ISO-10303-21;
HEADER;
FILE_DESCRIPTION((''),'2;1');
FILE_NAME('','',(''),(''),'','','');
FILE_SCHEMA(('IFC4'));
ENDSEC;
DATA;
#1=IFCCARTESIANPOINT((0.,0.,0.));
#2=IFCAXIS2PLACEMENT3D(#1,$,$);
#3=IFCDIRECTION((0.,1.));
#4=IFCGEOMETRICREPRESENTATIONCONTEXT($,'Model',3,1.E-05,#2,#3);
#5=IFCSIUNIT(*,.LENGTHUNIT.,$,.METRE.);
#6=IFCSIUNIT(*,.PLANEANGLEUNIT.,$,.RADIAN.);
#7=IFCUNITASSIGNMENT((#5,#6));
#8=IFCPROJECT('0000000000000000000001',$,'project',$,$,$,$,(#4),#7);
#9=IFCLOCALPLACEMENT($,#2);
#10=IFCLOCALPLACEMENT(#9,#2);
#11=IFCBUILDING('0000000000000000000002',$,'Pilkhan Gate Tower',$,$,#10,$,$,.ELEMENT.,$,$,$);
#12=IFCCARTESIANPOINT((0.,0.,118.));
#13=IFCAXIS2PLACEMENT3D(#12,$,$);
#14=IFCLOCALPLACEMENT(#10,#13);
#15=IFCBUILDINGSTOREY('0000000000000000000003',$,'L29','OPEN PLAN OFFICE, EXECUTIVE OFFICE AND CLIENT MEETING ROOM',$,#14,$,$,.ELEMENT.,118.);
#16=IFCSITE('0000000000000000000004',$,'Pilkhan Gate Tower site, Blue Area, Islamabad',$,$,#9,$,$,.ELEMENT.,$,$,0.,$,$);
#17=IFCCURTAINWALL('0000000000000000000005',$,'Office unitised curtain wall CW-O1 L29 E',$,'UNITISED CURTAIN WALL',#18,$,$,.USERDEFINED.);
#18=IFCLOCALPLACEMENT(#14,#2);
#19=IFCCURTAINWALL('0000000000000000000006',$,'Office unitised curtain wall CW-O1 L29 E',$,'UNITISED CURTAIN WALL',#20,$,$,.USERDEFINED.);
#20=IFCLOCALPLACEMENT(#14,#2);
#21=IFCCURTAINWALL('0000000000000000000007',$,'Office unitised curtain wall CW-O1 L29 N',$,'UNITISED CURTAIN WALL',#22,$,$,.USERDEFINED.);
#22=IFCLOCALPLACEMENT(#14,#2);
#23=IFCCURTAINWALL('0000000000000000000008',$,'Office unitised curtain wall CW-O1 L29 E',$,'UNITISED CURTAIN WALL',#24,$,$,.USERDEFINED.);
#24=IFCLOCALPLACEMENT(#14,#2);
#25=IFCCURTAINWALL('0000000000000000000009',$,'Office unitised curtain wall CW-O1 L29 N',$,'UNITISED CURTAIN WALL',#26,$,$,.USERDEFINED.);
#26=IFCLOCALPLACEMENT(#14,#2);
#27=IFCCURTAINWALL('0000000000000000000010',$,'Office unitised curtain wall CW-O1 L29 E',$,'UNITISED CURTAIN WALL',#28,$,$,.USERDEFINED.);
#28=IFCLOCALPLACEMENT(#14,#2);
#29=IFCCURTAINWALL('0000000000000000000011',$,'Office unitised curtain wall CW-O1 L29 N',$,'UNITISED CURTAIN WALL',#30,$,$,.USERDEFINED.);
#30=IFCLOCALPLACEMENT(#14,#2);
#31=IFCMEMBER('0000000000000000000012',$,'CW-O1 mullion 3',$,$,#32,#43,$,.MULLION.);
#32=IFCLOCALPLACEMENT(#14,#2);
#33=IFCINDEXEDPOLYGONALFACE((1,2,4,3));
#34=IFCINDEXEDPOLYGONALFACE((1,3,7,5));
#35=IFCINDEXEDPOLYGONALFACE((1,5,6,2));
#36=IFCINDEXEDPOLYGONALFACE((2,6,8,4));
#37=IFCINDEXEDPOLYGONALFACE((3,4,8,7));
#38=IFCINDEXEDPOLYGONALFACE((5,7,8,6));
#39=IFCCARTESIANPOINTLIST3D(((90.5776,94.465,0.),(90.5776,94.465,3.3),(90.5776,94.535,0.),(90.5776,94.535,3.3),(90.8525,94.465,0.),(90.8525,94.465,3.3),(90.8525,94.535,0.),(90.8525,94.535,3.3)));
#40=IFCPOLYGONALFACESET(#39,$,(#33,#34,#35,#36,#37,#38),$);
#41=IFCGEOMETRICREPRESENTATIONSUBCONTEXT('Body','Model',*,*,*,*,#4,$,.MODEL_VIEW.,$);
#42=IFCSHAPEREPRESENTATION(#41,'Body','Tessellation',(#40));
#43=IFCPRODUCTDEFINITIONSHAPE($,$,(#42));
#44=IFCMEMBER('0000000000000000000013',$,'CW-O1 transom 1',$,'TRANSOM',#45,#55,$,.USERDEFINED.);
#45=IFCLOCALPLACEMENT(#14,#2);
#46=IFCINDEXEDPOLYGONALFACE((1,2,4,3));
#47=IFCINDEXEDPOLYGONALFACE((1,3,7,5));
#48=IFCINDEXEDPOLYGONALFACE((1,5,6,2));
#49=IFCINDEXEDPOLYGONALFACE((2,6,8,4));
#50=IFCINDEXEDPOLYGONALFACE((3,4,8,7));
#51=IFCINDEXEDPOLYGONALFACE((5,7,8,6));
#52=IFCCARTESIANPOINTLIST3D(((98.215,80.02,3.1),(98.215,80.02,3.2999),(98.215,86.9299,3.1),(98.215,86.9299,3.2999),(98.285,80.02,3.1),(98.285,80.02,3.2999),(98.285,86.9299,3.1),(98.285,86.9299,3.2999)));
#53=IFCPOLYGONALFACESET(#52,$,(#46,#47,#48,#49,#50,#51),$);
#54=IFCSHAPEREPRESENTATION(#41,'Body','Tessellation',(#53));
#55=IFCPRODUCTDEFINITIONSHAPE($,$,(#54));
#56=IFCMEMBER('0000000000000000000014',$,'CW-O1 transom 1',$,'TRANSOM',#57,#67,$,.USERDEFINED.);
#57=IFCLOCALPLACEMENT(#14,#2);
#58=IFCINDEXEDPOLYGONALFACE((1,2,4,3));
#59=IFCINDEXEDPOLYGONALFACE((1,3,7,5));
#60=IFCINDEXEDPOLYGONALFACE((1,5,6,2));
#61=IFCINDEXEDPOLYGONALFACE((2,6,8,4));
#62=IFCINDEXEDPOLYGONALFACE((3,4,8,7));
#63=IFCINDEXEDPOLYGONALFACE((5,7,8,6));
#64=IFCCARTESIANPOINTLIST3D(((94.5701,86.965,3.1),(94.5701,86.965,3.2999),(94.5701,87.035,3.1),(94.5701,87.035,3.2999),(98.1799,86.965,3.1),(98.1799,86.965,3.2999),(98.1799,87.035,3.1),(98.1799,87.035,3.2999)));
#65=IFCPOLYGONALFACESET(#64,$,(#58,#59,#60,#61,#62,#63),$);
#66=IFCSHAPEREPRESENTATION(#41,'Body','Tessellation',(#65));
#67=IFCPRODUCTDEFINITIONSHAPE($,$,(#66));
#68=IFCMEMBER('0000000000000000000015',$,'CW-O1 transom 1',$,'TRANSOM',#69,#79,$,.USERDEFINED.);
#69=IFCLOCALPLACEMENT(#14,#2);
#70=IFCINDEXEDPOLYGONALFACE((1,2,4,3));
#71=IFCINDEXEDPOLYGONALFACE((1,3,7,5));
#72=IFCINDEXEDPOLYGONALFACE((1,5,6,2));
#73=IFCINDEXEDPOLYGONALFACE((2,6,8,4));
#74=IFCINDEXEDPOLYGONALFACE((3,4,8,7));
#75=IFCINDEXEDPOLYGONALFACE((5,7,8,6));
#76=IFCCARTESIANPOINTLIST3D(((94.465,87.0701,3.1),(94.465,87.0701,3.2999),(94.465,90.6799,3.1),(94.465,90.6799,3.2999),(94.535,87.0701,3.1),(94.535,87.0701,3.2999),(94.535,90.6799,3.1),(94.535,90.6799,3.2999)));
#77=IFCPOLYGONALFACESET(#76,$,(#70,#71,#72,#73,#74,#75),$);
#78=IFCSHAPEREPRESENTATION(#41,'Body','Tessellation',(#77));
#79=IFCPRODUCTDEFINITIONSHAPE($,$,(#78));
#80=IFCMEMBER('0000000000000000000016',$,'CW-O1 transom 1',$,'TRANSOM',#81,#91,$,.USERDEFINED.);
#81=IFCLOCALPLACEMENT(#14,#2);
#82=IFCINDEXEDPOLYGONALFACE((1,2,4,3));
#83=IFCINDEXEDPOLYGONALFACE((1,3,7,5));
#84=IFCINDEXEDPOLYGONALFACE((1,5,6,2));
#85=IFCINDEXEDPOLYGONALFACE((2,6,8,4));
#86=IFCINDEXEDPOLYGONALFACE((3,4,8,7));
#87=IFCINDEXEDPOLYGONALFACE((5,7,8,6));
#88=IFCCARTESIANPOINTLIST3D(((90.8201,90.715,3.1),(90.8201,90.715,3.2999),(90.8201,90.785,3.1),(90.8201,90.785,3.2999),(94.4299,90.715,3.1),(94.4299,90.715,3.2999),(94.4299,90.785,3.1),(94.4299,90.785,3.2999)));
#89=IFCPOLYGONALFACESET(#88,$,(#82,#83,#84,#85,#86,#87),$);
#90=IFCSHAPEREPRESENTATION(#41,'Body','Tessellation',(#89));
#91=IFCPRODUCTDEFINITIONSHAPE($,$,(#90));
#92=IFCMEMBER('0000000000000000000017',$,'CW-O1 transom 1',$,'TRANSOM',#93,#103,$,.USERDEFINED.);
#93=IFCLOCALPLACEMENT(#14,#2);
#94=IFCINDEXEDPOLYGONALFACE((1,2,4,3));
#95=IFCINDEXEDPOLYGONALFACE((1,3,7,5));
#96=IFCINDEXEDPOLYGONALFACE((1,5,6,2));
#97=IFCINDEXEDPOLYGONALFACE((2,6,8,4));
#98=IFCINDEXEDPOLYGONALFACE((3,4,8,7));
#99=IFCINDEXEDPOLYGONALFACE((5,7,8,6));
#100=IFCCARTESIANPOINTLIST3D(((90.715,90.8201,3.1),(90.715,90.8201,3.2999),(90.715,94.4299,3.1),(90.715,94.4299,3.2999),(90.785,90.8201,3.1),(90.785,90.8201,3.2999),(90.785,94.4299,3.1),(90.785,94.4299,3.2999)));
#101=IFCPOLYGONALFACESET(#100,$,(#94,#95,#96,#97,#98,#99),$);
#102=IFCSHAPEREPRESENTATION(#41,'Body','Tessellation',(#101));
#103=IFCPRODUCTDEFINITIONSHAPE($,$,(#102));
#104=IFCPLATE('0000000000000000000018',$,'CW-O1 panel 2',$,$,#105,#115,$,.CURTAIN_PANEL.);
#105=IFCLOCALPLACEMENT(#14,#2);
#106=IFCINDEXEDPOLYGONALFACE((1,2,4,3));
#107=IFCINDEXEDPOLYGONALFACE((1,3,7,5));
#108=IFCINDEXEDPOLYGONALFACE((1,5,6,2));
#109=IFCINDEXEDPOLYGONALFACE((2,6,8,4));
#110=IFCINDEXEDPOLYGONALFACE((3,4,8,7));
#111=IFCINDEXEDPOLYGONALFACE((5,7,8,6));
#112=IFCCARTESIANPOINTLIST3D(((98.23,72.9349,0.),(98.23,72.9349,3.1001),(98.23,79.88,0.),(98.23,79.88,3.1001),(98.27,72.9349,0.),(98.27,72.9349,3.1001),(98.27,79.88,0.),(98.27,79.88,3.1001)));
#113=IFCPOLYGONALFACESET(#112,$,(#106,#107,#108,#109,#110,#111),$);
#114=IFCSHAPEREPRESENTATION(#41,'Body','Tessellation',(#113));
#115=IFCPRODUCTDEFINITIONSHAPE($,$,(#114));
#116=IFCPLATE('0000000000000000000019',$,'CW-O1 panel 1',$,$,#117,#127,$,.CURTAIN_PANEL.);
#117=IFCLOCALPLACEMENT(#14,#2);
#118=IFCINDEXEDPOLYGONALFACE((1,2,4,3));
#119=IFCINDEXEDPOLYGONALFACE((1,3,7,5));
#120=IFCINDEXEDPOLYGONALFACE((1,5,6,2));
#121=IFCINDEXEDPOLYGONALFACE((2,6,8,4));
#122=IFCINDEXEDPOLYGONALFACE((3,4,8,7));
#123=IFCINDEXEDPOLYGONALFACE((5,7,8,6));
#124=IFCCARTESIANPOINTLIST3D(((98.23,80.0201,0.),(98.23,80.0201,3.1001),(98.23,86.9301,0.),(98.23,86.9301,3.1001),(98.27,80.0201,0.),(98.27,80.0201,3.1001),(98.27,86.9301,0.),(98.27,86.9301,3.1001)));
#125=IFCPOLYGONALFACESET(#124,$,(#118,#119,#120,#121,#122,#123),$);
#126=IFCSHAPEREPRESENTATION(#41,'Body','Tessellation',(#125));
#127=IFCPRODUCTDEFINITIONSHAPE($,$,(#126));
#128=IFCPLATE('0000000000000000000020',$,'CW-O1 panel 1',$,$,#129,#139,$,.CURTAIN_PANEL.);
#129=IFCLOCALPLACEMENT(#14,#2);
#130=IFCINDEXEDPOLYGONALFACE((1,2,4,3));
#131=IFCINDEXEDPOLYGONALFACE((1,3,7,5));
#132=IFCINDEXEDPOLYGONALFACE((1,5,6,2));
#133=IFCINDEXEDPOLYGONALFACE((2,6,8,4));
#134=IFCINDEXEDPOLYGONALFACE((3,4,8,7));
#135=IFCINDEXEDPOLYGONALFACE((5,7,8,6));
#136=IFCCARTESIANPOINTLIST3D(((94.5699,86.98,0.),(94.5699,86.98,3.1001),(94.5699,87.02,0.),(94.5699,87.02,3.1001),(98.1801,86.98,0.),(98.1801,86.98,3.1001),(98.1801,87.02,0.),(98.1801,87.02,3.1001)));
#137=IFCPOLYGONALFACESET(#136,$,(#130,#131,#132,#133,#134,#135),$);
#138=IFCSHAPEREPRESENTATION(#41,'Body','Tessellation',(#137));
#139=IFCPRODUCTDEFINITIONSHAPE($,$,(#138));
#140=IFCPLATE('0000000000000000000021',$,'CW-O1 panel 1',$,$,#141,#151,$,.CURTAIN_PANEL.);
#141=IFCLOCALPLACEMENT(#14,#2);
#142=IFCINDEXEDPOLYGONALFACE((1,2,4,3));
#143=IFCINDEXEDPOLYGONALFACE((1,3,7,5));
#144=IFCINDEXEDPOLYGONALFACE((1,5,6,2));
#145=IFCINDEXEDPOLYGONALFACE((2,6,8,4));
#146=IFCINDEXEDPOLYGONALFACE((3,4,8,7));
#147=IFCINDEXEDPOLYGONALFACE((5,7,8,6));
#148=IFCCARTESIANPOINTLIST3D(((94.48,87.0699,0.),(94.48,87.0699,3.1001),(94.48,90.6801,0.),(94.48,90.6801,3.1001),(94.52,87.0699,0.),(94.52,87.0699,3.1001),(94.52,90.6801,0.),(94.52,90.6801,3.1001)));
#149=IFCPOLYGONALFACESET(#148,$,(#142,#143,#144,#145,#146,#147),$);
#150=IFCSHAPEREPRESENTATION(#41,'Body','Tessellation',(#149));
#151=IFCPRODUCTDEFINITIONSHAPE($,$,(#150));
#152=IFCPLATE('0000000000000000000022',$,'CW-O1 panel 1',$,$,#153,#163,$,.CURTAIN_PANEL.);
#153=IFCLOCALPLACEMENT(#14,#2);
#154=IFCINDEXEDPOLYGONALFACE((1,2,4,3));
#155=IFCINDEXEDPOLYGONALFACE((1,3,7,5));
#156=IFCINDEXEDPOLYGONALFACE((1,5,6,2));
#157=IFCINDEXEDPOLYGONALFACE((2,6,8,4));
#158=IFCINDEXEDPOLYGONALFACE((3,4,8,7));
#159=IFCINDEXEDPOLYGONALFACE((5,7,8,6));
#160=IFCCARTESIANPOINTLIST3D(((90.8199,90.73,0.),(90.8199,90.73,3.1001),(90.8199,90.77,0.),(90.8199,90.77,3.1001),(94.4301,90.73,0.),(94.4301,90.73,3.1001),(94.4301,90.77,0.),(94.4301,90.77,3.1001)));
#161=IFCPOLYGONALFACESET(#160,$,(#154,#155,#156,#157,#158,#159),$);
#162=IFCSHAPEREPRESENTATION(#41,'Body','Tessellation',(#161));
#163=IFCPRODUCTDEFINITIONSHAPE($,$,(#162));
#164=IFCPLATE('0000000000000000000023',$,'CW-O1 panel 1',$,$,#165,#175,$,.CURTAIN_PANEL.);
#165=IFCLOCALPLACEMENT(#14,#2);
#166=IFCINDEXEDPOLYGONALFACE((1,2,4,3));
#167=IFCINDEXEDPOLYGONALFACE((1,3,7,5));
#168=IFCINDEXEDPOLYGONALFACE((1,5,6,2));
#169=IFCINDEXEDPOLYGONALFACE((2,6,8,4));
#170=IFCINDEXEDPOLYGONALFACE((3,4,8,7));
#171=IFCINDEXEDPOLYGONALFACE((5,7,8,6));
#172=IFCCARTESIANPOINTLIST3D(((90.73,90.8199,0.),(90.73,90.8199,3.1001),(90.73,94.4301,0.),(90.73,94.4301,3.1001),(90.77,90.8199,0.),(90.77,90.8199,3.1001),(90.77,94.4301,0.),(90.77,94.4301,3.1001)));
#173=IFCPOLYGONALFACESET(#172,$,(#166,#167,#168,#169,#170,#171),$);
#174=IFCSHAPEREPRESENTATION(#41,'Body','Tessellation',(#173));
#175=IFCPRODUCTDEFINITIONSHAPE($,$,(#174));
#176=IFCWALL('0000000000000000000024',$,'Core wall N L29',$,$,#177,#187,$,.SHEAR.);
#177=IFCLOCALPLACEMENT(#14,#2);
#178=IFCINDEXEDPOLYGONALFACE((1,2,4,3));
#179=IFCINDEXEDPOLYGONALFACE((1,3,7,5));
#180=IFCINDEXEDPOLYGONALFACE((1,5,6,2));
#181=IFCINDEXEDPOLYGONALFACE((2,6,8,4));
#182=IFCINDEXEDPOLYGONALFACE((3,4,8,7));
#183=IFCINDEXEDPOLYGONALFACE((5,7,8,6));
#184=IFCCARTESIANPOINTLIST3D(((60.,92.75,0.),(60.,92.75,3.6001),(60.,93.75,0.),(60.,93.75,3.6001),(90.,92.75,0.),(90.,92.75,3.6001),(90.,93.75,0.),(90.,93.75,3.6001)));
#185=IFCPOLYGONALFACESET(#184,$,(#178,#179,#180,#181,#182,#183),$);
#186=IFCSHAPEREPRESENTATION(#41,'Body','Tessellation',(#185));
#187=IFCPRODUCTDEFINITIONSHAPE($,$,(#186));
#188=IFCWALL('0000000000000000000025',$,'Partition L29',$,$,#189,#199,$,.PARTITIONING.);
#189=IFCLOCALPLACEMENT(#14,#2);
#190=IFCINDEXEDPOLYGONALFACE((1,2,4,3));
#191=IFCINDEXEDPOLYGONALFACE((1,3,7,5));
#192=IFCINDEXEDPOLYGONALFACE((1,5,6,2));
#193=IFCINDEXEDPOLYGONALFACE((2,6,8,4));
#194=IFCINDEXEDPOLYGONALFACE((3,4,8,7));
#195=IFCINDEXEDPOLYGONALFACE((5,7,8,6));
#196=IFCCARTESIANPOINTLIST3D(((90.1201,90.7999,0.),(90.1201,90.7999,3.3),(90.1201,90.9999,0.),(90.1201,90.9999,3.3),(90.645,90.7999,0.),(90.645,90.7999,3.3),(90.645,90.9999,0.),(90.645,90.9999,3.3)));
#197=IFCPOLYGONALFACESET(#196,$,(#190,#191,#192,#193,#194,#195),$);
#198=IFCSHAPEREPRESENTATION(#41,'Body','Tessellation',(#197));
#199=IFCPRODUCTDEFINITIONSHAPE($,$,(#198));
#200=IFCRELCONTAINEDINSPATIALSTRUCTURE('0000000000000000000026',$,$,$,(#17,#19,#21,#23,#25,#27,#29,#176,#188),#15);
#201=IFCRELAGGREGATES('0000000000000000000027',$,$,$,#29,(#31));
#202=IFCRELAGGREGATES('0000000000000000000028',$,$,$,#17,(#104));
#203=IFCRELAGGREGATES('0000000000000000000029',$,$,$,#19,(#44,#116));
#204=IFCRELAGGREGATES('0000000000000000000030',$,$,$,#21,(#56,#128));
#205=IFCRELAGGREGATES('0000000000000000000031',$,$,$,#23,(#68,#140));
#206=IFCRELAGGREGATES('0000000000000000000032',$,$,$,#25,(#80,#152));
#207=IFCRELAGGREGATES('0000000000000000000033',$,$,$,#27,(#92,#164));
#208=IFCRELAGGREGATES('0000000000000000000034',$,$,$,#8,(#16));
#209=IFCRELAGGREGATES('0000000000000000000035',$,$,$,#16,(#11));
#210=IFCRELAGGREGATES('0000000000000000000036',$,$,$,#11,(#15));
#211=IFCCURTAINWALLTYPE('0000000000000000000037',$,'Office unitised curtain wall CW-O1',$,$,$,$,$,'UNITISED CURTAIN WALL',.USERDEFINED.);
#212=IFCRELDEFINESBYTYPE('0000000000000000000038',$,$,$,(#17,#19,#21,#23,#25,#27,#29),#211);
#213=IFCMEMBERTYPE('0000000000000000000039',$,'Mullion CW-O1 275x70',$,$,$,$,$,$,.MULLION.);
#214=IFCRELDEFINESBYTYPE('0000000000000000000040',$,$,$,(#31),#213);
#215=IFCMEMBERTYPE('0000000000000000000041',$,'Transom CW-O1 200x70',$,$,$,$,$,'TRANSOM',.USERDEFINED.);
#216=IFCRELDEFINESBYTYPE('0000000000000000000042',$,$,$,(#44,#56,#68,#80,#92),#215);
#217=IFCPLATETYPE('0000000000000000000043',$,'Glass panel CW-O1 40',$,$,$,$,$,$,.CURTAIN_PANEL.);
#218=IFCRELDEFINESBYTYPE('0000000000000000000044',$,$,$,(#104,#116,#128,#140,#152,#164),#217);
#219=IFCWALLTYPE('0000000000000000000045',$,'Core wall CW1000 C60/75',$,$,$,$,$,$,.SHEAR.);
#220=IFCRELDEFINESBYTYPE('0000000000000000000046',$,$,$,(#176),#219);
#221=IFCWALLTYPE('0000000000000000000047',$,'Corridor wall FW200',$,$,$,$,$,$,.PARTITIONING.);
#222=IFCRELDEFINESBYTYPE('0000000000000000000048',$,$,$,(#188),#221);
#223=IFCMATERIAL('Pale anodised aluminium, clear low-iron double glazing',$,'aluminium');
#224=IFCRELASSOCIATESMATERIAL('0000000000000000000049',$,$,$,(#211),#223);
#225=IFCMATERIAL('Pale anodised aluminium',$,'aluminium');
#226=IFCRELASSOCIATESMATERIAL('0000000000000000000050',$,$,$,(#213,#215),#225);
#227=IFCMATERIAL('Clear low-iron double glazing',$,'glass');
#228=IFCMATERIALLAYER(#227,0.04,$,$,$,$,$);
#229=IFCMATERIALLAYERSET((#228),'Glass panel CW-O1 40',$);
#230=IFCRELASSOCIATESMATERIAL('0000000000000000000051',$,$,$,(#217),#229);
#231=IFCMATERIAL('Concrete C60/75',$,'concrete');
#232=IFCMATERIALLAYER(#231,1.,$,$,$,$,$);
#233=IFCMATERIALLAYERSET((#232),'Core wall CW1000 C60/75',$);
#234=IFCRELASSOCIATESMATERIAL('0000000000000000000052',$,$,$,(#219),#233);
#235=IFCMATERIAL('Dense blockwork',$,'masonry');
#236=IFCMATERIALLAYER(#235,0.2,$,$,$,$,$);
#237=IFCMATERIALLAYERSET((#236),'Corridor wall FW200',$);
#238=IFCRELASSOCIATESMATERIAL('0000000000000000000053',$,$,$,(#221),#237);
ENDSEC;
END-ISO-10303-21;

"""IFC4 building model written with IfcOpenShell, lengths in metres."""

from ifc_helpers import new_model, si_unit, direction, frame, frame_2d, origin, origin_2d, place, context, subcontext, project, spatial, rectangle, extrude, material, layer, layer_set, material_profile, profile_set, type_object, element, aggregate, save


model = new_model("IFC4")

# Units and contexts
model_context = context("Model", 3, precision=1e-05, world=origin(), true_north=direction((0.0, 1.0)))
body_context = subcontext(model_context, "Body", "Model", "MODEL_VIEW")
ifc_project = project(units=[si_unit("LENGTHUNIT", "METRE"), si_unit("PLANEANGLEUNIT", "RADIAN")], contexts=[model_context])

# Site, building, storey
site_placement = place(None, origin())
site = spatial("IfcSite", under=ifc_project, at=site_placement, Name="Pilkhan Gate Tower site, Blue Area, Islamabad", CompositionType="ELEMENT", RefElevation=0.0)
building_placement = place(site_placement, origin())
building = spatial("IfcBuilding", under=site, at=building_placement, Name="Pilkhan Gate Tower", CompositionType="ELEMENT")
storey_placement = place(building_placement, frame((0.0, 0.0, 118.0)))
storey = spatial("IfcBuildingStorey", under=building, at=storey_placement, Name="L29", Description="OPEN PLAN OFFICE, EXECUTIVE OFFICE AND CLIENT MEETING ROOM", CompositionType="ELEMENT", Elevation=118.0)

# Shared definitions
ifc_material_1 = material(Name="Concrete C60/75", Category="concrete")

# Curtain wall
ifc_material_2 = material(Name="Pale anodised aluminium, clear low-iron double glazing", Category="aluminium")
curtain_wall_type = type_object("IfcCurtainWallType", Name="Office unitised curtain wall CW-O1", ElementType="UNITISED CURTAIN WALL", PredefinedType="USERDEFINED", material=ifc_material_2)
curtain_wall_1_placement = place(storey_placement, origin())
curtain_wall_1 = element("IfcCurtainWall", 1, at=curtain_wall_1_placement, inside=storey, type_object=curtain_wall_type, Name="Office unitised curtain wall CW-O1 L29 E", ObjectType="UNITISED CURTAIN WALL", PredefinedType="USERDEFINED")
ifc_material_3 = material(Name="Pale anodised aluminium", Category="aluminium")
ifc_material_profile_1 = material_profile(ifc_material_3, rectangle(XDim=0.0701, YDim=0.2749, at=origin_2d()), Name="Mullion 275x70")
ifc_profile_set_1 = profile_set([ifc_material_profile_1], Name="Pale anodised aluminium")
member_type_1 = type_object("IfcMemberType", Name="Mullion CW-O1 275x70", PredefinedType="MULLION", material=ifc_profile_set_1)

# Curtain walls
curtain_wall_2_placement = place(storey_placement, origin())
curtain_wall_2 = element("IfcCurtainWall", 2, at=curtain_wall_2_placement, inside=storey, type_object=curtain_wall_type, Name="Office unitised curtain wall CW-O1 L29 E", ObjectType="UNITISED CURTAIN WALL", PredefinedType="USERDEFINED")
curtain_wall_3_placement = place(storey_placement, origin())
curtain_wall_3 = element("IfcCurtainWall", 3, at=curtain_wall_3_placement, inside=storey, type_object=curtain_wall_type, Name="Office unitised curtain wall CW-O1 L29 N", ObjectType="UNITISED CURTAIN WALL", PredefinedType="USERDEFINED")
curtain_wall_4_placement = place(storey_placement, origin())
curtain_wall_4 = element("IfcCurtainWall", 4, at=curtain_wall_4_placement, inside=storey, type_object=curtain_wall_type, Name="Office unitised curtain wall CW-O1 L29 E", ObjectType="UNITISED CURTAIN WALL", PredefinedType="USERDEFINED")
curtain_wall_5_placement = place(storey_placement, origin())
curtain_wall_5 = element("IfcCurtainWall", 5, at=curtain_wall_5_placement, inside=storey, type_object=curtain_wall_type, Name="Office unitised curtain wall CW-O1 L29 N", ObjectType="UNITISED CURTAIN WALL", PredefinedType="USERDEFINED")
curtain_wall_6_placement = place(storey_placement, origin())
curtain_wall_6 = element("IfcCurtainWall", 6, at=curtain_wall_6_placement, inside=storey, type_object=curtain_wall_type, Name="Office unitised curtain wall CW-O1 L29 E", ObjectType="UNITISED CURTAIN WALL", PredefinedType="USERDEFINED")

# Curtain wall, member
curtain_wall_7_placement = place(storey_placement, origin())
curtain_wall_7 = element("IfcCurtainWall", 7, at=curtain_wall_7_placement, inside=storey, type_object=curtain_wall_type, Name="Office unitised curtain wall CW-O1 L29 N", ObjectType="UNITISED CURTAIN WALL", PredefinedType="USERDEFINED")
member_1_placement = place(storey_placement, frame((90.7151, 94.5, 0.0), z_axis=(0.0, 0.0, 1.0), x_axis=(0.0, 1.0, 0.0)))
member_1 = element("IfcMember", 8, at=member_1_placement, type_object=member_type_1, Name="CW-O1 mullion 3", PredefinedType="MULLION", context=body_context, shape_type="SweptSolid", body=[
    extrude(rectangle(XDim=0.0701, YDim=0.2749, at=origin_2d()), origin(), (0.0, 0.0, 1.0), 3.3),
])
aggregate(curtain_wall_7, [member_1])

# Members
ifc_material_profile_2 = material_profile(ifc_material_3, rectangle(XDim=0.0701, YDim=0.2, at=origin_2d()), Name="Transom 200x70")
ifc_profile_set_2 = profile_set([ifc_material_profile_2], Name="Pale anodised aluminium")
member_type_2 = type_object("IfcMemberType", Name="Transom CW-O1 200x70", ElementType="TRANSOM", PredefinedType="USERDEFINED", material=ifc_profile_set_2)
member_2_placement = place(storey_placement, frame((98.25, 80.02, 3.2), z_axis=(0.0, 1.0, 0.0), x_axis=(-1.0, 0.0, 0.0)))
member_2 = element("IfcMember", 9, at=member_2_placement, type_object=member_type_2, Name="CW-O1 transom 1", ObjectType="TRANSOM", PredefinedType="USERDEFINED", context=body_context, shape_type="SweptSolid", body=[
    extrude(rectangle(XDim=0.0701, YDim=0.2, at=origin_2d()), origin(), (0.0, 0.0, 1.0), 6.9099),
])
member_3_placement = place(storey_placement, frame((94.5701, 87.0, 3.2), z_axis=(1.0, 0.0, 0.0), x_axis=(0.0, 1.0, 0.0)))
member_3 = element("IfcMember", 10, at=member_3_placement, type_object=member_type_2, Name="CW-O1 transom 1", ObjectType="TRANSOM", PredefinedType="USERDEFINED", context=body_context, shape_type="SweptSolid", body=[
    extrude(rectangle(XDim=0.0701, YDim=0.2, at=origin_2d()), origin(), (0.0, 0.0, 1.0), 3.6099),
])
member_4_placement = place(storey_placement, frame((94.5, 87.0701, 3.2), z_axis=(0.0, 1.0, 0.0), x_axis=(-1.0, 0.0, 0.0)))
member_4 = element("IfcMember", 11, at=member_4_placement, type_object=member_type_2, Name="CW-O1 transom 1", ObjectType="TRANSOM", PredefinedType="USERDEFINED", context=body_context, shape_type="SweptSolid", body=[
    extrude(rectangle(XDim=0.0701, YDim=0.2, at=origin_2d()), origin(), (0.0, 0.0, 1.0), 3.6099),
])
member_5_placement = place(storey_placement, frame((90.8201, 90.75, 3.2), z_axis=(1.0, 0.0, 0.0), x_axis=(0.0, 1.0, 0.0)))
member_5 = element("IfcMember", 12, at=member_5_placement, type_object=member_type_2, Name="CW-O1 transom 1", ObjectType="TRANSOM", PredefinedType="USERDEFINED", context=body_context, shape_type="SweptSolid", body=[
    extrude(rectangle(XDim=0.0701, YDim=0.2, at=origin_2d()), origin(), (0.0, 0.0, 1.0), 3.6099),
])
member_6_placement = place(storey_placement, frame((90.75, 90.8201, 3.2), z_axis=(0.0, 1.0, 0.0), x_axis=(-1.0, 0.0, 0.0)))
member_6 = element("IfcMember", 13, at=member_6_placement, type_object=member_type_2, Name="CW-O1 transom 1", ObjectType="TRANSOM", PredefinedType="USERDEFINED", context=body_context, shape_type="SweptSolid", body=[
    extrude(rectangle(XDim=0.0701, YDim=0.2, at=origin_2d()), origin(), (0.0, 0.0, 1.0), 3.6099),
])

# Plates
ifc_material_4 = material(Name="Clear low-iron double glazing", Category="glass")
ifc_layer_1 = layer(ifc_material_4, 0.04)
ifc_layer_set_1 = layer_set([ifc_layer_1], Name="Glass panel CW-O1 40")
plate_type = type_object("IfcPlateType", Name="Glass panel CW-O1 40", PredefinedType="CURTAIN_PANEL", material=ifc_layer_set_1)
plate_1_placement = place(storey_placement, frame((98.25, 76.4075, 0.0), z_axis=(0.0, 0.0, 1.0), x_axis=(0.0, 1.0, 0.0)))
plate_1 = element("IfcPlate", 14, at=plate_1_placement, type_object=plate_type, Name="CW-O1 panel 2", PredefinedType="CURTAIN_PANEL", context=body_context, shape_type="SweptSolid", body=[
    extrude(rectangle(XDim=6.9451, YDim=0.04, at=origin_2d()), origin(), (0.0, 0.0, 1.0), 3.1001),
])
aggregate(curtain_wall_1, [plate_1])
plate_2_placement = place(storey_placement, frame((98.25, 83.4751, 0.0), z_axis=(0.0, 0.0, 1.0), x_axis=(0.0, 1.0, 0.0)))
plate_2 = element("IfcPlate", 15, at=plate_2_placement, type_object=plate_type, Name="CW-O1 panel 1", PredefinedType="CURTAIN_PANEL", context=body_context, shape_type="SweptSolid", body=[
    extrude(rectangle(XDim=6.9099, YDim=0.04, at=origin_2d()), origin(), (0.0, 0.0, 1.0), 3.1001),
])
aggregate(curtain_wall_2, [member_2, plate_2])
plate_3_placement = place(storey_placement, frame((96.375, 87.0, 0.0), z_axis=(0.0, 0.0, 1.0), x_axis=(1.0, 0.0, 0.0)))
plate_3 = element("IfcPlate", 16, at=plate_3_placement, type_object=plate_type, Name="CW-O1 panel 1", PredefinedType="CURTAIN_PANEL", context=body_context, shape_type="SweptSolid", body=[
    extrude(rectangle(XDim=3.6101, YDim=0.04, at=origin_2d()), origin(), (0.0, 0.0, 1.0), 3.1001),
])
aggregate(curtain_wall_3, [member_3, plate_3])
plate_4_placement = place(storey_placement, frame((94.5, 88.875, 0.0), z_axis=(0.0, 0.0, 1.0), x_axis=(0.0, 1.0, 0.0)))
plate_4 = element("IfcPlate", 17, at=plate_4_placement, type_object=plate_type, Name="CW-O1 panel 1", PredefinedType="CURTAIN_PANEL", context=body_context, shape_type="SweptSolid", body=[
    extrude(rectangle(XDim=3.6101, YDim=0.04, at=origin_2d()), origin(), (0.0, 0.0, 1.0), 3.1001),
])
aggregate(curtain_wall_4, [member_4, plate_4])
plate_5_placement = place(storey_placement, frame((92.625, 90.75, 0.0), z_axis=(0.0, 0.0, 1.0), x_axis=(1.0, 0.0, 0.0)))
plate_5 = element("IfcPlate", 18, at=plate_5_placement, type_object=plate_type, Name="CW-O1 panel 1", PredefinedType="CURTAIN_PANEL", context=body_context, shape_type="SweptSolid", body=[
    extrude(rectangle(XDim=3.6101, YDim=0.04, at=origin_2d()), origin(), (0.0, 0.0, 1.0), 3.1001),
])
aggregate(curtain_wall_5, [member_5, plate_5])
plate_6_placement = place(storey_placement, frame((90.75, 92.625, 0.0), z_axis=(0.0, 0.0, 1.0), x_axis=(0.0, 1.0, 0.0)))
plate_6 = element("IfcPlate", 19, at=plate_6_placement, type_object=plate_type, Name="CW-O1 panel 1", PredefinedType="CURTAIN_PANEL", context=body_context, shape_type="SweptSolid", body=[
    extrude(rectangle(XDim=3.6101, YDim=0.04, at=origin_2d()), origin(), (0.0, 0.0, 1.0), 3.1001),
])
aggregate(curtain_wall_6, [member_6, plate_6])

# Walls
ifc_layer_2 = layer(ifc_material_1, 1.0)
ifc_layer_set_2 = layer_set([ifc_layer_2], Name="Core wall CW1000 C60/75")
wall_type_1 = type_object("IfcWallType", Name="Core wall CW1000 C60/75", PredefinedType="SHEAR", material=ifc_layer_set_2)
wall_1_placement = place(storey_placement, frame((90.0, 93.25, 0.0), z_axis=(0.0, 0.0, 1.0), x_axis=(-1.0, 0.0, 0.0)))
element("IfcWall", 20, at=wall_1_placement, inside=storey, type_object=wall_type_1, Name="Core wall N L29", PredefinedType="SHEAR", context=body_context, shape_type="SweptSolid", body=[
    extrude(rectangle(XDim=30.0, YDim=1.0, at=frame_2d((15.0, 0.0))), origin(), (0.0, 0.0, 1.0), 3.6001),
])
ifc_material_5 = material(Name="Dense blockwork", Category="masonry")
ifc_layer_3 = layer(ifc_material_5, 0.2)
ifc_layer_set_3 = layer_set([ifc_layer_3], Name="Corridor wall FW200")
wall_type_2 = type_object("IfcWallType", Name="Corridor wall FW200", PredefinedType="PARTITIONING", material=ifc_layer_set_3)
wall_2_placement = place(storey_placement, frame((90.1201, 90.8999, 0.0), z_axis=(0.0, 0.0, 1.0), x_axis=(1.0, 0.0, 0.0)))
element("IfcWall", 21, at=wall_2_placement, inside=storey, type_object=wall_type_2, Name="Partition L29", PredefinedType="PARTITIONING", context=body_context, shape_type="SweptSolid", body=[
    extrude(rectangle(XDim=0.5249, YDim=0.2, at=frame_2d((0.2625, 0.0))), origin(), (0.0, 0.0, 1.0), 3.3),
])

save(model, "model.ifc")
